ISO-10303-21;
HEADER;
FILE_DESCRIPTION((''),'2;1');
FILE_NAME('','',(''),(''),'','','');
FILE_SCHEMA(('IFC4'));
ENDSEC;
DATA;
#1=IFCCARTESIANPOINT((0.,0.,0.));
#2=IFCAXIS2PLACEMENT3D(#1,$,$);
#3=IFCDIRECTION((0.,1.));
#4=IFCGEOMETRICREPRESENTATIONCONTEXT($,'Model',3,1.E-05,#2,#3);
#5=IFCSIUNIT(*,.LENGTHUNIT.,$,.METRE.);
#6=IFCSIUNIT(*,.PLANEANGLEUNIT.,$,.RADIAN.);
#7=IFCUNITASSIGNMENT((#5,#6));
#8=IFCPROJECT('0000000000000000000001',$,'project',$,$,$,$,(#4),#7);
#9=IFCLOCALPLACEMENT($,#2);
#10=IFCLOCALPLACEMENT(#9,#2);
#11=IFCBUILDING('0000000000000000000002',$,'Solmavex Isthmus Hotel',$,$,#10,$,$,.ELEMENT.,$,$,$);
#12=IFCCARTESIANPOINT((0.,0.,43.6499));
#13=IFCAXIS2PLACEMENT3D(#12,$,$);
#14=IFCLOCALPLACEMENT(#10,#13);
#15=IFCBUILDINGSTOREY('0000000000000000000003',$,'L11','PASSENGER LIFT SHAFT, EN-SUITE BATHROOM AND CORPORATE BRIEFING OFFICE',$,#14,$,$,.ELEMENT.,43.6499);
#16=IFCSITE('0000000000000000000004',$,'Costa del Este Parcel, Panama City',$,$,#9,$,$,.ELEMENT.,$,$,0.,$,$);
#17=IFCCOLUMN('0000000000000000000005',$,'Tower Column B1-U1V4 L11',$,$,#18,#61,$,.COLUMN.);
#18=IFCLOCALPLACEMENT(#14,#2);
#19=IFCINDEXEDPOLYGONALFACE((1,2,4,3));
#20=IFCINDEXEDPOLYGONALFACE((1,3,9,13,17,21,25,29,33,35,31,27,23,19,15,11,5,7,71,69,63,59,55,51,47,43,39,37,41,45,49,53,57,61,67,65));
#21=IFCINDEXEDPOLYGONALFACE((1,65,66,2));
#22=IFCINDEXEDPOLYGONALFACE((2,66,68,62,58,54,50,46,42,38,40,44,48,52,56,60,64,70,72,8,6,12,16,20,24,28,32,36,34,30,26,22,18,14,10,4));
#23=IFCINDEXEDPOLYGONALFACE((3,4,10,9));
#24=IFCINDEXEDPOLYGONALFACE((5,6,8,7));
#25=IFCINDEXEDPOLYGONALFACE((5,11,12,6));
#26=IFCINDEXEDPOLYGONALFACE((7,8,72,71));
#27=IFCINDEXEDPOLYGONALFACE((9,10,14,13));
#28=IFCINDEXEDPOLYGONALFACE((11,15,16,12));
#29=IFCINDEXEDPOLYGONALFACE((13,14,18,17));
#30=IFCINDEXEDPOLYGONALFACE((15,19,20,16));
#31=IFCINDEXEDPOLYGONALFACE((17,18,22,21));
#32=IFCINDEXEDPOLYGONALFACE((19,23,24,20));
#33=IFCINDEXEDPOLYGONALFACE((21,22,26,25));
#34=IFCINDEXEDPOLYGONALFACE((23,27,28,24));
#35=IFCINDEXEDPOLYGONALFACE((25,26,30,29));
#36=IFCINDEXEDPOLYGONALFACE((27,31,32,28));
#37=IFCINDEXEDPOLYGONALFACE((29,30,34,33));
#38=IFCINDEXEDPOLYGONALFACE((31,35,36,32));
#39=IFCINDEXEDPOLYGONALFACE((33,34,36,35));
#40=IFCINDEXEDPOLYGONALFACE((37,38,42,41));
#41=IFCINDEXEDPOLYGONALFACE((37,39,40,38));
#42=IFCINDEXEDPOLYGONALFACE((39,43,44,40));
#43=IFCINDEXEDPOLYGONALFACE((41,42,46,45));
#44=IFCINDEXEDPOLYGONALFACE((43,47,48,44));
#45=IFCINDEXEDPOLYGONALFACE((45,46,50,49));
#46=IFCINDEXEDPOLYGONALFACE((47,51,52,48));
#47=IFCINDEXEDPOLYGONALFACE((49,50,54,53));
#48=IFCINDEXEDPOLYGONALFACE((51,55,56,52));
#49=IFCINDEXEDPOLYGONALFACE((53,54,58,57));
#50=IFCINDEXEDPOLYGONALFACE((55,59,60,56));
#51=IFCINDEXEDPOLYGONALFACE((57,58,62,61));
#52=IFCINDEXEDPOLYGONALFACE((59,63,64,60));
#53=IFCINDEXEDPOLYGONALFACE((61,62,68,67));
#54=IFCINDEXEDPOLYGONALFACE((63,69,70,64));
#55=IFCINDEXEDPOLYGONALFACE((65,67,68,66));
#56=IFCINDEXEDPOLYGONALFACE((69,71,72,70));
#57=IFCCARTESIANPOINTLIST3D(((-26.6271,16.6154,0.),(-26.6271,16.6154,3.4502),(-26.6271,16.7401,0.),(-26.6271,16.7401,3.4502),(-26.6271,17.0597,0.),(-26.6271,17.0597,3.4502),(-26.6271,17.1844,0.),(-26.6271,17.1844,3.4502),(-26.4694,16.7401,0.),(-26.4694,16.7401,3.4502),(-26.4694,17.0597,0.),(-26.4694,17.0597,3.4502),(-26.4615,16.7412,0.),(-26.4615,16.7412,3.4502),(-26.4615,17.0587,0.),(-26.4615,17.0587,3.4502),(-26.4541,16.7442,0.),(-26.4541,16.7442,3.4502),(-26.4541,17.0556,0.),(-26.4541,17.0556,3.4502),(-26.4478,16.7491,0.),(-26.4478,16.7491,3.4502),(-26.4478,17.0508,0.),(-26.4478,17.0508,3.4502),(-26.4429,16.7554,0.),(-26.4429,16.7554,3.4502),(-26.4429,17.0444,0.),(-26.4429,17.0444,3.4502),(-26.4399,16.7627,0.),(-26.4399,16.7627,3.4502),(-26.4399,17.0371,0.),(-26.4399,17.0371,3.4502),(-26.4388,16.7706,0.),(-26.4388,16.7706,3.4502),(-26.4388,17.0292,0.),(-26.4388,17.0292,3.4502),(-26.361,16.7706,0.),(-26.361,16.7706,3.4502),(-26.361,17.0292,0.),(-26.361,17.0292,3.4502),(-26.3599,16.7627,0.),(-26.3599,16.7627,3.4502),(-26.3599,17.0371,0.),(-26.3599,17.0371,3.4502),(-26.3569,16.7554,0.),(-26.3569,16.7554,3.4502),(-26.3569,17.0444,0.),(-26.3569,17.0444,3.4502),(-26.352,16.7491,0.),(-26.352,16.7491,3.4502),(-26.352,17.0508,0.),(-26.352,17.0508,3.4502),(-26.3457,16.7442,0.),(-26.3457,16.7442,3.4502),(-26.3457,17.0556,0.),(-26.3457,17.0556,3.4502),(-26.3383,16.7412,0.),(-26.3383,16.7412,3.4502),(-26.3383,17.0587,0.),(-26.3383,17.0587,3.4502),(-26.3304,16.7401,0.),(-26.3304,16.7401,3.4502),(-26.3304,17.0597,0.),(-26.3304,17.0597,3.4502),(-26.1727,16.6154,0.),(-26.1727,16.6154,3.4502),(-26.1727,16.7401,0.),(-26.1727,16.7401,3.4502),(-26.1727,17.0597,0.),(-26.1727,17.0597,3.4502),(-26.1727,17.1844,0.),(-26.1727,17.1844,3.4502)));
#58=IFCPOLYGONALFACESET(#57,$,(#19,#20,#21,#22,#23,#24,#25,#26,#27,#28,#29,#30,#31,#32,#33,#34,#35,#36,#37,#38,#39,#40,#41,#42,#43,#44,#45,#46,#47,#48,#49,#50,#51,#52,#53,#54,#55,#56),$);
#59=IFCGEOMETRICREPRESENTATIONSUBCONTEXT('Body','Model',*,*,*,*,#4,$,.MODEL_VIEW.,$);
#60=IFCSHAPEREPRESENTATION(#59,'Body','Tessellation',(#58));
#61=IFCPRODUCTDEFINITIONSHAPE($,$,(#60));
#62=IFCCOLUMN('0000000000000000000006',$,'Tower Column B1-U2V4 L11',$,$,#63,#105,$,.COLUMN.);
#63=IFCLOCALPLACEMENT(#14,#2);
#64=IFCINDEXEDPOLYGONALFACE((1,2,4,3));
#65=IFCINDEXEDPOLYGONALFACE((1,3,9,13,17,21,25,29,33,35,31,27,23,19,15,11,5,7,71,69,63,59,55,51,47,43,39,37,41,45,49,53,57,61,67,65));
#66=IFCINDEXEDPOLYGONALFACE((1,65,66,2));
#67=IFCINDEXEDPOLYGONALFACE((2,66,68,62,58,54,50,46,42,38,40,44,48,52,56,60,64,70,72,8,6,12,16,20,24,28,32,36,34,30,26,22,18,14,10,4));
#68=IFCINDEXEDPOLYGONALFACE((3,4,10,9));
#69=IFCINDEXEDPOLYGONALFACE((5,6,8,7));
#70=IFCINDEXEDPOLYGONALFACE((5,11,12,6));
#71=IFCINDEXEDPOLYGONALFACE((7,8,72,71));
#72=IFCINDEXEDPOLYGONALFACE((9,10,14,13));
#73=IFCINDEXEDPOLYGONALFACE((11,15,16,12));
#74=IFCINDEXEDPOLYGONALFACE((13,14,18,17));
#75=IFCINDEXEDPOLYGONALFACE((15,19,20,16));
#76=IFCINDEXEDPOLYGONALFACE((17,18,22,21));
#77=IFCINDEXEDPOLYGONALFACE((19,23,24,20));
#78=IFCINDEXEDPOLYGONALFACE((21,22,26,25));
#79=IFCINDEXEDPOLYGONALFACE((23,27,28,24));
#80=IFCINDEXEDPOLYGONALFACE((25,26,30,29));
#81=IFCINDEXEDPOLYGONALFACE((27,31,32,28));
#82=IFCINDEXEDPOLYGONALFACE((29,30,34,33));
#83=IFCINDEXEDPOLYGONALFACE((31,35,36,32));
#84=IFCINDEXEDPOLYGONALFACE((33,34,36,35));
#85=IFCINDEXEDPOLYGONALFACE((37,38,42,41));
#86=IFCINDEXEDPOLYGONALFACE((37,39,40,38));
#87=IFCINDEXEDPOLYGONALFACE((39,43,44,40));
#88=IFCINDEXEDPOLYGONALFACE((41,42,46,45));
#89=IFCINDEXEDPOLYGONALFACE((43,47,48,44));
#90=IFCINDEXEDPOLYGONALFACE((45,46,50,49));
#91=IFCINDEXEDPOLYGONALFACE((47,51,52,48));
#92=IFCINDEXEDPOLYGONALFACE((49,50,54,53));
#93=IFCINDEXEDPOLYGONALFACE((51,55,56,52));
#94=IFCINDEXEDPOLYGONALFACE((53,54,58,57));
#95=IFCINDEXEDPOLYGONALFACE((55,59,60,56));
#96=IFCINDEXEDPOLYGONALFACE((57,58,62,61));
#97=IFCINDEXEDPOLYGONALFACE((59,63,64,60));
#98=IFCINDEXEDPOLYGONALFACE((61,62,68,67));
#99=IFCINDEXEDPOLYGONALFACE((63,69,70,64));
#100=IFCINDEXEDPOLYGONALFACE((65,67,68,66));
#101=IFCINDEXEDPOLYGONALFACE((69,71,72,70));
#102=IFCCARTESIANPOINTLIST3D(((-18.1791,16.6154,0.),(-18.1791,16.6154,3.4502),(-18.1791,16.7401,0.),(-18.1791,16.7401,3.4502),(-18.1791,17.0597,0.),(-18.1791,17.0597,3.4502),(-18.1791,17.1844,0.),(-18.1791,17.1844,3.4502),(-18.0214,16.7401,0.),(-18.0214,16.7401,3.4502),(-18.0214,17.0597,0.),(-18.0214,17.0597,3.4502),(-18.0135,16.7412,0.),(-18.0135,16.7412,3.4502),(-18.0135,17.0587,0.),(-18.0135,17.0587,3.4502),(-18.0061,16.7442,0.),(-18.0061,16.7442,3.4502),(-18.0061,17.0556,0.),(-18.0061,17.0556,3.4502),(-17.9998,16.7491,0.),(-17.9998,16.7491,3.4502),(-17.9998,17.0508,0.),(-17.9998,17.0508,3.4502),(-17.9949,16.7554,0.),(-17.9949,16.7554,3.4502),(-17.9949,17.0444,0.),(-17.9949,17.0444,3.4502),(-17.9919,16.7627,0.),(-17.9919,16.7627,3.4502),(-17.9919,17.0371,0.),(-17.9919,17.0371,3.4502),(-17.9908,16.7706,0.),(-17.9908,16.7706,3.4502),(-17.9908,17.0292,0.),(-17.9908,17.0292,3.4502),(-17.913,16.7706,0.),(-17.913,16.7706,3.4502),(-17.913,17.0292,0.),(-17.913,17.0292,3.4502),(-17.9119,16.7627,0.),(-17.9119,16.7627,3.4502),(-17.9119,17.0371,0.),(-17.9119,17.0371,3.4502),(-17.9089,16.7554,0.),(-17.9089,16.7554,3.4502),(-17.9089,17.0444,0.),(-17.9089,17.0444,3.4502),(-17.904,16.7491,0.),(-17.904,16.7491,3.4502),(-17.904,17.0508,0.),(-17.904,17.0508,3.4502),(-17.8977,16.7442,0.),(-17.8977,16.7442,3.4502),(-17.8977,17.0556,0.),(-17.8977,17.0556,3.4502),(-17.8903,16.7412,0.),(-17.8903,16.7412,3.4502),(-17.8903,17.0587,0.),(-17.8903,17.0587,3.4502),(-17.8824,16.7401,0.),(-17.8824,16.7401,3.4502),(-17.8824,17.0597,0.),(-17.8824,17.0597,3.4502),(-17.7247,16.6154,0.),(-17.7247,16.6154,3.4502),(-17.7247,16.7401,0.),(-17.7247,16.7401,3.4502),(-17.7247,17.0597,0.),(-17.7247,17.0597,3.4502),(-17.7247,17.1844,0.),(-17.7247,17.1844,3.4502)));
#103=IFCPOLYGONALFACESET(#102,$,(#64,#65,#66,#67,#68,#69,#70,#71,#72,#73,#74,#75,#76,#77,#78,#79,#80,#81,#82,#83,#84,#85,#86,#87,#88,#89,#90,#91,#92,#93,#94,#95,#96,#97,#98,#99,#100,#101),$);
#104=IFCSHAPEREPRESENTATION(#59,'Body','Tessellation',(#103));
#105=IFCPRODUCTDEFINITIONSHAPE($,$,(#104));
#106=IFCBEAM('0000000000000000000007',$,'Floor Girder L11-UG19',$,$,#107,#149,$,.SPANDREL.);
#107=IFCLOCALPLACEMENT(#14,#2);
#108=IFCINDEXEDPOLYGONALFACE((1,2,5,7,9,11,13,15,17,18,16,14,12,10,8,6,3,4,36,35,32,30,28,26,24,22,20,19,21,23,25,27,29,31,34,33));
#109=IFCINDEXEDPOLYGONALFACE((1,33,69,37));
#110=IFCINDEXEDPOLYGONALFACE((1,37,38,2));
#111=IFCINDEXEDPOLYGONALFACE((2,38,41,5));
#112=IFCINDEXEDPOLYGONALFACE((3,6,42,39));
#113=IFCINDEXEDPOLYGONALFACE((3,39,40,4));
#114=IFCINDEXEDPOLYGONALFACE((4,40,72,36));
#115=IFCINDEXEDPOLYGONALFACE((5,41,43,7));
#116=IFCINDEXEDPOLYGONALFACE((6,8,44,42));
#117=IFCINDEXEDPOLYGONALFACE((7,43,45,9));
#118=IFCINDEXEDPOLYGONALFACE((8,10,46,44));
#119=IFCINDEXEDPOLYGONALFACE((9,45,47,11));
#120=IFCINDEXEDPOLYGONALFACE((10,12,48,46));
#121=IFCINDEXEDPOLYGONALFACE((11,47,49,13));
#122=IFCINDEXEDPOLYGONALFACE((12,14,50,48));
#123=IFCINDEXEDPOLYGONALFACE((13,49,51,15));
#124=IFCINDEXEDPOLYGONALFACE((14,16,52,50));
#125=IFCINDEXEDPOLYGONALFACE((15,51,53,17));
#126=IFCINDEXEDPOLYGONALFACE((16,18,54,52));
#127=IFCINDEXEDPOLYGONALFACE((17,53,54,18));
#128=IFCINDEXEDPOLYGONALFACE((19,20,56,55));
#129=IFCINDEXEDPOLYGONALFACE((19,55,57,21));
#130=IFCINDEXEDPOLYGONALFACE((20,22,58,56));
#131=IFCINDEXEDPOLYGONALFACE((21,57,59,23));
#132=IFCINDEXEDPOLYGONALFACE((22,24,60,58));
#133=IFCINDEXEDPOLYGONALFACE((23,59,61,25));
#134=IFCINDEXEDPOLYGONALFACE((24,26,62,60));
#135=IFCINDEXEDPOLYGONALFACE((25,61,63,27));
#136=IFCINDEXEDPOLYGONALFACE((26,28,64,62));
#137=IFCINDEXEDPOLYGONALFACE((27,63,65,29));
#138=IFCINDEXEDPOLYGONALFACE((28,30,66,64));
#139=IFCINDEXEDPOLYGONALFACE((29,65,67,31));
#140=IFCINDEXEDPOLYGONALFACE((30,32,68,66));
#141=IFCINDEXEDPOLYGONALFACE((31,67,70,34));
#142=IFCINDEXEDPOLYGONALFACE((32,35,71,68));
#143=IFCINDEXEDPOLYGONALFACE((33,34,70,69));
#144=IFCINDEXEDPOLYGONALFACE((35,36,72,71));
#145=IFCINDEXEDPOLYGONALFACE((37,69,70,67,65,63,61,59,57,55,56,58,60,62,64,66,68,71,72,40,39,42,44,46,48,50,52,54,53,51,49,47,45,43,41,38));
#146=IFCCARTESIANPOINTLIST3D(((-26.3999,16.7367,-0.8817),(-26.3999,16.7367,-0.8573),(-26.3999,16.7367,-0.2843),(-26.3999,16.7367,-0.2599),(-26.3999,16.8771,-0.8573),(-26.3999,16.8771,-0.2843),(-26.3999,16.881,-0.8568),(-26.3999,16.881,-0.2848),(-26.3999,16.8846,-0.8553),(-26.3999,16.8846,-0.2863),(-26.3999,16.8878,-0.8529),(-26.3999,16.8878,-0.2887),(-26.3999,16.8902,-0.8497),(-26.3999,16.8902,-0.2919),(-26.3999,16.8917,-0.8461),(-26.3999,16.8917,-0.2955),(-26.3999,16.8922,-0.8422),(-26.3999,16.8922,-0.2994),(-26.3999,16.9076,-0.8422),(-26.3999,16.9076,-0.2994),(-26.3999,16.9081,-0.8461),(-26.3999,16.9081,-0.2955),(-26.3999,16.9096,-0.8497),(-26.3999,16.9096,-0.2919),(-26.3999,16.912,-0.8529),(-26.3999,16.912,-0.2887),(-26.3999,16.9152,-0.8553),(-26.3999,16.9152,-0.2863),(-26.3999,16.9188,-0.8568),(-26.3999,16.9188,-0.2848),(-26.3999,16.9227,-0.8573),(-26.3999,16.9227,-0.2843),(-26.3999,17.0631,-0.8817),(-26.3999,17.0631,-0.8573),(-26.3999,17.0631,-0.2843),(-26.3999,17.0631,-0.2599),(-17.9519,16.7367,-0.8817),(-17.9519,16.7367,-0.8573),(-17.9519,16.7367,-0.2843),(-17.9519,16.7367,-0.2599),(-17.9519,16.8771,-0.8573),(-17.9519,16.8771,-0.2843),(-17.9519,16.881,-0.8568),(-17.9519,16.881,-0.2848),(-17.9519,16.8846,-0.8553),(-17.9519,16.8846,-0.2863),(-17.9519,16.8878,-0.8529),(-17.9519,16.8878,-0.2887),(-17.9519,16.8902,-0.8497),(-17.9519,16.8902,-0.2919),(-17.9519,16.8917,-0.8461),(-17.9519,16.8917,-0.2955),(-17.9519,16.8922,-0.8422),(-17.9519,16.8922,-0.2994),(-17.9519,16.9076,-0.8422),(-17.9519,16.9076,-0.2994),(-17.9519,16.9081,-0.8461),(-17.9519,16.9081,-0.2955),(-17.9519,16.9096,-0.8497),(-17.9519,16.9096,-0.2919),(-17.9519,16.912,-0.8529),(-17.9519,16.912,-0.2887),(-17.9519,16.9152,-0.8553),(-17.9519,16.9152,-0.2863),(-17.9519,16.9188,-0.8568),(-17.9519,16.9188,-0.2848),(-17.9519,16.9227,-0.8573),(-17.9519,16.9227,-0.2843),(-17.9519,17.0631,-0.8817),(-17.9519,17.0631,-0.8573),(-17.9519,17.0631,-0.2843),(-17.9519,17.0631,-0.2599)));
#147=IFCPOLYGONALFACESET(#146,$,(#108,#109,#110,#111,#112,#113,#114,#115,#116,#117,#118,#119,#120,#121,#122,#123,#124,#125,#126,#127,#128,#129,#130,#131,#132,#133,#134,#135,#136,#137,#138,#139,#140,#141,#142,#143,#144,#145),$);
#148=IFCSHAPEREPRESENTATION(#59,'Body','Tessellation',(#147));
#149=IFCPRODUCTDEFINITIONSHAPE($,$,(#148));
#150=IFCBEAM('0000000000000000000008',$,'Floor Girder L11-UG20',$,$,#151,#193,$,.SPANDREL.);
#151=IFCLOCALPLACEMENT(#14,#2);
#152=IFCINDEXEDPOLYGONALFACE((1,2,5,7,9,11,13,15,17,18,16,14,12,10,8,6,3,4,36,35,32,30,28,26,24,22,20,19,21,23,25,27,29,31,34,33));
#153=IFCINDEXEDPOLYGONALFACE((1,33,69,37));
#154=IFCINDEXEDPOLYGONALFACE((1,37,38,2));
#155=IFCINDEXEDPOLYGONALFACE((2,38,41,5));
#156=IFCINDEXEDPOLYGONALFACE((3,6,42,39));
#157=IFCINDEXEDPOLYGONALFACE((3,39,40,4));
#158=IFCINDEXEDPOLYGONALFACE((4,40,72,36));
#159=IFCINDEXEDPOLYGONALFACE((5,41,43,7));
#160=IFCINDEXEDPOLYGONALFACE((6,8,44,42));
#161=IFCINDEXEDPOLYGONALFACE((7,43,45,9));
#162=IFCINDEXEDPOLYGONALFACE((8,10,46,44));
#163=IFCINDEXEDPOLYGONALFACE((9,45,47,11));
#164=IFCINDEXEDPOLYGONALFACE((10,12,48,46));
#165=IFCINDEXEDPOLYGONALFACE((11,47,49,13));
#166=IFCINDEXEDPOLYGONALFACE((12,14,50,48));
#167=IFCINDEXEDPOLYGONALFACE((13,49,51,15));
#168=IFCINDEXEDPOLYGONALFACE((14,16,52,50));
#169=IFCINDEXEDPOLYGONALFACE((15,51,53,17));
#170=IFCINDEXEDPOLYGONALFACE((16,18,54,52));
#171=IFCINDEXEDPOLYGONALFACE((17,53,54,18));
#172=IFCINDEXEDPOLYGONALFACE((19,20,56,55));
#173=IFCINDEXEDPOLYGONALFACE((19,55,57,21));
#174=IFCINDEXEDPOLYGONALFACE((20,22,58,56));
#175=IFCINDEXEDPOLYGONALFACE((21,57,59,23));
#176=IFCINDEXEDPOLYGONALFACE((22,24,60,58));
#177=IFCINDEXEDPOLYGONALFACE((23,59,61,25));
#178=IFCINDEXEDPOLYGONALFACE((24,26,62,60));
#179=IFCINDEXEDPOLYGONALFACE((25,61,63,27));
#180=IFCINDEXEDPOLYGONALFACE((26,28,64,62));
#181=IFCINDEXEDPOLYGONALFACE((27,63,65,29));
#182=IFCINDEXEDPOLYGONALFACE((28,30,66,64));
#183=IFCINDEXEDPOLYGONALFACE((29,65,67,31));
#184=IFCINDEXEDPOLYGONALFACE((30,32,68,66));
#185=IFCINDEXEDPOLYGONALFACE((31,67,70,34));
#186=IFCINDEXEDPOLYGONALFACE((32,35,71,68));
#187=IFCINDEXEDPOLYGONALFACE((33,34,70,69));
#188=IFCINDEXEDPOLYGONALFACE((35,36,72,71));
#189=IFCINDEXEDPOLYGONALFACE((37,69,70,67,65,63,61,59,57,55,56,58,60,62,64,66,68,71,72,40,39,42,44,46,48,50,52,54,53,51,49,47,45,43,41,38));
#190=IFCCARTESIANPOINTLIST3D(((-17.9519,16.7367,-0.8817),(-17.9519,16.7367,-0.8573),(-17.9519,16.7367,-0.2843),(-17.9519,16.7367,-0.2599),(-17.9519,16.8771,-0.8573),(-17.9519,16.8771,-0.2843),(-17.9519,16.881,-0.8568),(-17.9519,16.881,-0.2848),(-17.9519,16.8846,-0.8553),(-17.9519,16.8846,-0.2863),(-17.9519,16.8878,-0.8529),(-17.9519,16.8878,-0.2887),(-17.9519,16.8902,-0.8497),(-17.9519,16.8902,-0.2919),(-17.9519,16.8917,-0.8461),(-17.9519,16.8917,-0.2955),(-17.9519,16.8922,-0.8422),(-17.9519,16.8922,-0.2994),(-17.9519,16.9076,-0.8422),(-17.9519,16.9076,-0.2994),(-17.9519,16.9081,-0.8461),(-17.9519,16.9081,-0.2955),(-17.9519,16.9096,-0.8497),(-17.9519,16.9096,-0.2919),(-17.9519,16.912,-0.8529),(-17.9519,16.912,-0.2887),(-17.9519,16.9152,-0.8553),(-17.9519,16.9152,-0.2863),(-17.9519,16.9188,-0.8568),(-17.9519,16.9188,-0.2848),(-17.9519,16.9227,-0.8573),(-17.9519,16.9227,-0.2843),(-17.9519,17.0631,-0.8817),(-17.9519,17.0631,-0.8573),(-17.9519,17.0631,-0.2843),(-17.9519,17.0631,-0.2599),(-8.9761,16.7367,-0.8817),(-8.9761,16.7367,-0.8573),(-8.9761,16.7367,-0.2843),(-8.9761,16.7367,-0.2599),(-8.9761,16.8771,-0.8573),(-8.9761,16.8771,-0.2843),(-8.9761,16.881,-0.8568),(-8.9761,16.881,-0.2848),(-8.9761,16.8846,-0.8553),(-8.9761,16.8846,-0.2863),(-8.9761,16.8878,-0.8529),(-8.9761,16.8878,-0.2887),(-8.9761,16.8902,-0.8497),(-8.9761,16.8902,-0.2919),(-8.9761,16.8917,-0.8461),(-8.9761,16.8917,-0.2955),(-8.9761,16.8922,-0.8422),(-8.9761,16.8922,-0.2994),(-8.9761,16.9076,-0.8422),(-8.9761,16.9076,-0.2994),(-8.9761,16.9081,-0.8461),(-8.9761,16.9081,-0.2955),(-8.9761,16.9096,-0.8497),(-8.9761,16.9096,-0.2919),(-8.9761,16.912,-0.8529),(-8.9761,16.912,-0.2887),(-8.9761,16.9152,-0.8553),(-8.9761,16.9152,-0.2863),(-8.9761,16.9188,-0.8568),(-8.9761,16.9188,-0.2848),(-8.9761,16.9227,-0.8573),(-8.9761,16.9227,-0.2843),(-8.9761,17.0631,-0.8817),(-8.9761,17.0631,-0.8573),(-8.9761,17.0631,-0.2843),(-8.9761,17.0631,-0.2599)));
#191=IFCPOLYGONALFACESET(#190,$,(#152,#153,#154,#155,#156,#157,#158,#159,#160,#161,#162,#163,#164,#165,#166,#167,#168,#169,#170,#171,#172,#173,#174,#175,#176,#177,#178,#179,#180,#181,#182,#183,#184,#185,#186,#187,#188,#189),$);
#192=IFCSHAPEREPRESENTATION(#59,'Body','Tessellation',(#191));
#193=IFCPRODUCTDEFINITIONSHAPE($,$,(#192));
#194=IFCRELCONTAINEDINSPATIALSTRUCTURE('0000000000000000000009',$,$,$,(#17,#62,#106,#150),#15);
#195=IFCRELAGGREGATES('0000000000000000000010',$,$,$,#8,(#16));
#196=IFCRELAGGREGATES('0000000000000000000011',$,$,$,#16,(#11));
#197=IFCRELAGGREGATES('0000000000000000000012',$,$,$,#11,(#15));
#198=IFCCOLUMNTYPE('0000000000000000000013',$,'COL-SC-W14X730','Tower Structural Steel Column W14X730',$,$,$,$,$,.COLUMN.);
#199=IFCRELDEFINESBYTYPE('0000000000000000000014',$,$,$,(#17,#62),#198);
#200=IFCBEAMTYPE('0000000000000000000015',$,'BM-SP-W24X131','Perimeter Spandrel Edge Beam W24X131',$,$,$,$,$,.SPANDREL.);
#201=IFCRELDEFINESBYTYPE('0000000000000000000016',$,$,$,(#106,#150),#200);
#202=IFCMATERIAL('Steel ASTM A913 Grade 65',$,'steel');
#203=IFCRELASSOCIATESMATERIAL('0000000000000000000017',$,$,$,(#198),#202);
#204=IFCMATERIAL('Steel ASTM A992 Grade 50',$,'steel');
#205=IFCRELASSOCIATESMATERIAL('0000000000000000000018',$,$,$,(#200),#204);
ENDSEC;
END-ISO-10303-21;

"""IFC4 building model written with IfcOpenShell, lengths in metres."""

from ifc_helpers import new_model, si_unit, direction, frame, origin, origin_2d, place, context, subcontext, project, spatial, i_section, extrude, material, material_profile, profile_set, type_object, element, save


model = new_model("IFC4")

# Units and contexts
model_context = context("Model", 3, precision=1e-05, world=origin(), true_north=direction((0.0, 1.0)))
body_context = subcontext(model_context, "Body", "Model", "MODEL_VIEW")
ifc_project = project(units=[si_unit("LENGTHUNIT", "METRE"), si_unit("PLANEANGLEUNIT", "RADIAN")], contexts=[model_context])

# Site, building, storey
site_placement = place(None, origin())
site = spatial("IfcSite", under=ifc_project, at=site_placement, Name="Costa del Este Parcel, Panama City", CompositionType="ELEMENT", RefElevation=0.0)
building_placement = place(site_placement, origin())
building = spatial("IfcBuilding", under=site, at=building_placement, Name="Solmavex Isthmus Hotel", CompositionType="ELEMENT")
storey_placement = place(building_placement, frame((0.0, 0.0, 43.6499)))
storey = spatial("IfcBuildingStorey", under=building, at=storey_placement, Name="L11", Description="PASSENGER LIFT SHAFT, EN-SUITE BATHROOM AND CORPORATE BRIEFING OFFICE", CompositionType="ELEMENT", Elevation=43.6499)

# Columns
ifc_material_1 = material(Name="Steel ASTM A913 Grade 65", Category="steel")
ifc_material_profile_1 = material_profile(ifc_material_1, i_section(OverallWidth=0.4543, OverallDepth=0.5691, WebThickness=0.0779, FlangeThickness=0.1248, FilletRadius=0.0305, at=origin_2d()), Name="W14X730")
ifc_profile_set_1 = profile_set([ifc_material_profile_1], Name="Steel ASTM A913 Grade 65")
column_type = type_object("IfcColumnType", Name="COL-SC-W14X730", Description="Tower Structural Steel Column W14X730", PredefinedType="COLUMN", material=ifc_profile_set_1)
for number, where, z_axis, x_axis, name in (
    (1, (-26.3999, 16.8999, 0.0), (0.0, 0.0, 1.0), (1.0, 0.0, 0.0), "Tower Column B1-U1V4 L11"),
    (2, (-17.9519, 16.8999, 0.0), (0.0, 0.0, 1.0), (1.0, 0.0, 0.0), "Tower Column B1-U2V4 L11"),
):
    element("IfcColumn", number, at=place(storey_placement, frame(where, z_axis=z_axis, x_axis=x_axis)), inside=storey, type_object=column_type, Name=name, PredefinedType="COLUMN", context=body_context, shape_type="SweptSolid", body=[
        extrude(i_section(OverallWidth=0.4543, OverallDepth=0.5691, WebThickness=0.0779, FlangeThickness=0.1248, FilletRadius=0.0305, at=origin_2d()), origin(), (0.0, 0.0, 1.0), 3.4502),
    ])

# Beams
ifc_material_2 = material(Name="Steel ASTM A992 Grade 50", Category="steel")
ifc_material_profile_2 = material_profile(ifc_material_2, i_section(OverallWidth=0.3264, OverallDepth=0.6218, WebThickness=0.0154, FlangeThickness=0.0244, FilletRadius=0.0151, at=origin_2d()), Name="W24X131")
ifc_profile_set_2 = profile_set([ifc_material_profile_2], Name="Steel ASTM A992 Grade 50")
beam_type = type_object("IfcBeamType", Name="BM-SP-W24X131", Description="Perimeter Spandrel Edge Beam W24X131", PredefinedType="SPANDREL", material=ifc_profile_set_2)
beam_1_placement = place(storey_placement, frame((-26.3999, 16.8999, -0.5708), z_axis=(1.0, 0.0, 0.0), x_axis=(0.0, 1.0, 0.0)))
element("IfcBeam", 3, at=beam_1_placement, inside=storey, type_object=beam_type, Name="Floor Girder L11-UG19", PredefinedType="SPANDREL", context=body_context, shape_type="SweptSolid", body=[
    extrude(i_section(OverallWidth=0.3264, OverallDepth=0.6218, WebThickness=0.0154, FlangeThickness=0.0244, FilletRadius=0.0151, at=origin_2d()), origin(), (0.0, 0.0, 1.0), 8.448),
])
beam_2_placement = place(storey_placement, frame((-17.9519, 16.8999, -0.5708), z_axis=(1.0, 0.0, 0.0), x_axis=(0.0, 1.0, 0.0)))
element("IfcBeam", 4, at=beam_2_placement, inside=storey, type_object=beam_type, Name="Floor Girder L11-UG20", PredefinedType="SPANDREL", context=body_context, shape_type="SweptSolid", body=[
    extrude(i_section(OverallWidth=0.3264, OverallDepth=0.6218, WebThickness=0.0154, FlangeThickness=0.0244, FilletRadius=0.0151, at=origin_2d()), origin(), (0.0, 0.0, 1.0), 8.9758),
])

save(model, "model.ifc")
